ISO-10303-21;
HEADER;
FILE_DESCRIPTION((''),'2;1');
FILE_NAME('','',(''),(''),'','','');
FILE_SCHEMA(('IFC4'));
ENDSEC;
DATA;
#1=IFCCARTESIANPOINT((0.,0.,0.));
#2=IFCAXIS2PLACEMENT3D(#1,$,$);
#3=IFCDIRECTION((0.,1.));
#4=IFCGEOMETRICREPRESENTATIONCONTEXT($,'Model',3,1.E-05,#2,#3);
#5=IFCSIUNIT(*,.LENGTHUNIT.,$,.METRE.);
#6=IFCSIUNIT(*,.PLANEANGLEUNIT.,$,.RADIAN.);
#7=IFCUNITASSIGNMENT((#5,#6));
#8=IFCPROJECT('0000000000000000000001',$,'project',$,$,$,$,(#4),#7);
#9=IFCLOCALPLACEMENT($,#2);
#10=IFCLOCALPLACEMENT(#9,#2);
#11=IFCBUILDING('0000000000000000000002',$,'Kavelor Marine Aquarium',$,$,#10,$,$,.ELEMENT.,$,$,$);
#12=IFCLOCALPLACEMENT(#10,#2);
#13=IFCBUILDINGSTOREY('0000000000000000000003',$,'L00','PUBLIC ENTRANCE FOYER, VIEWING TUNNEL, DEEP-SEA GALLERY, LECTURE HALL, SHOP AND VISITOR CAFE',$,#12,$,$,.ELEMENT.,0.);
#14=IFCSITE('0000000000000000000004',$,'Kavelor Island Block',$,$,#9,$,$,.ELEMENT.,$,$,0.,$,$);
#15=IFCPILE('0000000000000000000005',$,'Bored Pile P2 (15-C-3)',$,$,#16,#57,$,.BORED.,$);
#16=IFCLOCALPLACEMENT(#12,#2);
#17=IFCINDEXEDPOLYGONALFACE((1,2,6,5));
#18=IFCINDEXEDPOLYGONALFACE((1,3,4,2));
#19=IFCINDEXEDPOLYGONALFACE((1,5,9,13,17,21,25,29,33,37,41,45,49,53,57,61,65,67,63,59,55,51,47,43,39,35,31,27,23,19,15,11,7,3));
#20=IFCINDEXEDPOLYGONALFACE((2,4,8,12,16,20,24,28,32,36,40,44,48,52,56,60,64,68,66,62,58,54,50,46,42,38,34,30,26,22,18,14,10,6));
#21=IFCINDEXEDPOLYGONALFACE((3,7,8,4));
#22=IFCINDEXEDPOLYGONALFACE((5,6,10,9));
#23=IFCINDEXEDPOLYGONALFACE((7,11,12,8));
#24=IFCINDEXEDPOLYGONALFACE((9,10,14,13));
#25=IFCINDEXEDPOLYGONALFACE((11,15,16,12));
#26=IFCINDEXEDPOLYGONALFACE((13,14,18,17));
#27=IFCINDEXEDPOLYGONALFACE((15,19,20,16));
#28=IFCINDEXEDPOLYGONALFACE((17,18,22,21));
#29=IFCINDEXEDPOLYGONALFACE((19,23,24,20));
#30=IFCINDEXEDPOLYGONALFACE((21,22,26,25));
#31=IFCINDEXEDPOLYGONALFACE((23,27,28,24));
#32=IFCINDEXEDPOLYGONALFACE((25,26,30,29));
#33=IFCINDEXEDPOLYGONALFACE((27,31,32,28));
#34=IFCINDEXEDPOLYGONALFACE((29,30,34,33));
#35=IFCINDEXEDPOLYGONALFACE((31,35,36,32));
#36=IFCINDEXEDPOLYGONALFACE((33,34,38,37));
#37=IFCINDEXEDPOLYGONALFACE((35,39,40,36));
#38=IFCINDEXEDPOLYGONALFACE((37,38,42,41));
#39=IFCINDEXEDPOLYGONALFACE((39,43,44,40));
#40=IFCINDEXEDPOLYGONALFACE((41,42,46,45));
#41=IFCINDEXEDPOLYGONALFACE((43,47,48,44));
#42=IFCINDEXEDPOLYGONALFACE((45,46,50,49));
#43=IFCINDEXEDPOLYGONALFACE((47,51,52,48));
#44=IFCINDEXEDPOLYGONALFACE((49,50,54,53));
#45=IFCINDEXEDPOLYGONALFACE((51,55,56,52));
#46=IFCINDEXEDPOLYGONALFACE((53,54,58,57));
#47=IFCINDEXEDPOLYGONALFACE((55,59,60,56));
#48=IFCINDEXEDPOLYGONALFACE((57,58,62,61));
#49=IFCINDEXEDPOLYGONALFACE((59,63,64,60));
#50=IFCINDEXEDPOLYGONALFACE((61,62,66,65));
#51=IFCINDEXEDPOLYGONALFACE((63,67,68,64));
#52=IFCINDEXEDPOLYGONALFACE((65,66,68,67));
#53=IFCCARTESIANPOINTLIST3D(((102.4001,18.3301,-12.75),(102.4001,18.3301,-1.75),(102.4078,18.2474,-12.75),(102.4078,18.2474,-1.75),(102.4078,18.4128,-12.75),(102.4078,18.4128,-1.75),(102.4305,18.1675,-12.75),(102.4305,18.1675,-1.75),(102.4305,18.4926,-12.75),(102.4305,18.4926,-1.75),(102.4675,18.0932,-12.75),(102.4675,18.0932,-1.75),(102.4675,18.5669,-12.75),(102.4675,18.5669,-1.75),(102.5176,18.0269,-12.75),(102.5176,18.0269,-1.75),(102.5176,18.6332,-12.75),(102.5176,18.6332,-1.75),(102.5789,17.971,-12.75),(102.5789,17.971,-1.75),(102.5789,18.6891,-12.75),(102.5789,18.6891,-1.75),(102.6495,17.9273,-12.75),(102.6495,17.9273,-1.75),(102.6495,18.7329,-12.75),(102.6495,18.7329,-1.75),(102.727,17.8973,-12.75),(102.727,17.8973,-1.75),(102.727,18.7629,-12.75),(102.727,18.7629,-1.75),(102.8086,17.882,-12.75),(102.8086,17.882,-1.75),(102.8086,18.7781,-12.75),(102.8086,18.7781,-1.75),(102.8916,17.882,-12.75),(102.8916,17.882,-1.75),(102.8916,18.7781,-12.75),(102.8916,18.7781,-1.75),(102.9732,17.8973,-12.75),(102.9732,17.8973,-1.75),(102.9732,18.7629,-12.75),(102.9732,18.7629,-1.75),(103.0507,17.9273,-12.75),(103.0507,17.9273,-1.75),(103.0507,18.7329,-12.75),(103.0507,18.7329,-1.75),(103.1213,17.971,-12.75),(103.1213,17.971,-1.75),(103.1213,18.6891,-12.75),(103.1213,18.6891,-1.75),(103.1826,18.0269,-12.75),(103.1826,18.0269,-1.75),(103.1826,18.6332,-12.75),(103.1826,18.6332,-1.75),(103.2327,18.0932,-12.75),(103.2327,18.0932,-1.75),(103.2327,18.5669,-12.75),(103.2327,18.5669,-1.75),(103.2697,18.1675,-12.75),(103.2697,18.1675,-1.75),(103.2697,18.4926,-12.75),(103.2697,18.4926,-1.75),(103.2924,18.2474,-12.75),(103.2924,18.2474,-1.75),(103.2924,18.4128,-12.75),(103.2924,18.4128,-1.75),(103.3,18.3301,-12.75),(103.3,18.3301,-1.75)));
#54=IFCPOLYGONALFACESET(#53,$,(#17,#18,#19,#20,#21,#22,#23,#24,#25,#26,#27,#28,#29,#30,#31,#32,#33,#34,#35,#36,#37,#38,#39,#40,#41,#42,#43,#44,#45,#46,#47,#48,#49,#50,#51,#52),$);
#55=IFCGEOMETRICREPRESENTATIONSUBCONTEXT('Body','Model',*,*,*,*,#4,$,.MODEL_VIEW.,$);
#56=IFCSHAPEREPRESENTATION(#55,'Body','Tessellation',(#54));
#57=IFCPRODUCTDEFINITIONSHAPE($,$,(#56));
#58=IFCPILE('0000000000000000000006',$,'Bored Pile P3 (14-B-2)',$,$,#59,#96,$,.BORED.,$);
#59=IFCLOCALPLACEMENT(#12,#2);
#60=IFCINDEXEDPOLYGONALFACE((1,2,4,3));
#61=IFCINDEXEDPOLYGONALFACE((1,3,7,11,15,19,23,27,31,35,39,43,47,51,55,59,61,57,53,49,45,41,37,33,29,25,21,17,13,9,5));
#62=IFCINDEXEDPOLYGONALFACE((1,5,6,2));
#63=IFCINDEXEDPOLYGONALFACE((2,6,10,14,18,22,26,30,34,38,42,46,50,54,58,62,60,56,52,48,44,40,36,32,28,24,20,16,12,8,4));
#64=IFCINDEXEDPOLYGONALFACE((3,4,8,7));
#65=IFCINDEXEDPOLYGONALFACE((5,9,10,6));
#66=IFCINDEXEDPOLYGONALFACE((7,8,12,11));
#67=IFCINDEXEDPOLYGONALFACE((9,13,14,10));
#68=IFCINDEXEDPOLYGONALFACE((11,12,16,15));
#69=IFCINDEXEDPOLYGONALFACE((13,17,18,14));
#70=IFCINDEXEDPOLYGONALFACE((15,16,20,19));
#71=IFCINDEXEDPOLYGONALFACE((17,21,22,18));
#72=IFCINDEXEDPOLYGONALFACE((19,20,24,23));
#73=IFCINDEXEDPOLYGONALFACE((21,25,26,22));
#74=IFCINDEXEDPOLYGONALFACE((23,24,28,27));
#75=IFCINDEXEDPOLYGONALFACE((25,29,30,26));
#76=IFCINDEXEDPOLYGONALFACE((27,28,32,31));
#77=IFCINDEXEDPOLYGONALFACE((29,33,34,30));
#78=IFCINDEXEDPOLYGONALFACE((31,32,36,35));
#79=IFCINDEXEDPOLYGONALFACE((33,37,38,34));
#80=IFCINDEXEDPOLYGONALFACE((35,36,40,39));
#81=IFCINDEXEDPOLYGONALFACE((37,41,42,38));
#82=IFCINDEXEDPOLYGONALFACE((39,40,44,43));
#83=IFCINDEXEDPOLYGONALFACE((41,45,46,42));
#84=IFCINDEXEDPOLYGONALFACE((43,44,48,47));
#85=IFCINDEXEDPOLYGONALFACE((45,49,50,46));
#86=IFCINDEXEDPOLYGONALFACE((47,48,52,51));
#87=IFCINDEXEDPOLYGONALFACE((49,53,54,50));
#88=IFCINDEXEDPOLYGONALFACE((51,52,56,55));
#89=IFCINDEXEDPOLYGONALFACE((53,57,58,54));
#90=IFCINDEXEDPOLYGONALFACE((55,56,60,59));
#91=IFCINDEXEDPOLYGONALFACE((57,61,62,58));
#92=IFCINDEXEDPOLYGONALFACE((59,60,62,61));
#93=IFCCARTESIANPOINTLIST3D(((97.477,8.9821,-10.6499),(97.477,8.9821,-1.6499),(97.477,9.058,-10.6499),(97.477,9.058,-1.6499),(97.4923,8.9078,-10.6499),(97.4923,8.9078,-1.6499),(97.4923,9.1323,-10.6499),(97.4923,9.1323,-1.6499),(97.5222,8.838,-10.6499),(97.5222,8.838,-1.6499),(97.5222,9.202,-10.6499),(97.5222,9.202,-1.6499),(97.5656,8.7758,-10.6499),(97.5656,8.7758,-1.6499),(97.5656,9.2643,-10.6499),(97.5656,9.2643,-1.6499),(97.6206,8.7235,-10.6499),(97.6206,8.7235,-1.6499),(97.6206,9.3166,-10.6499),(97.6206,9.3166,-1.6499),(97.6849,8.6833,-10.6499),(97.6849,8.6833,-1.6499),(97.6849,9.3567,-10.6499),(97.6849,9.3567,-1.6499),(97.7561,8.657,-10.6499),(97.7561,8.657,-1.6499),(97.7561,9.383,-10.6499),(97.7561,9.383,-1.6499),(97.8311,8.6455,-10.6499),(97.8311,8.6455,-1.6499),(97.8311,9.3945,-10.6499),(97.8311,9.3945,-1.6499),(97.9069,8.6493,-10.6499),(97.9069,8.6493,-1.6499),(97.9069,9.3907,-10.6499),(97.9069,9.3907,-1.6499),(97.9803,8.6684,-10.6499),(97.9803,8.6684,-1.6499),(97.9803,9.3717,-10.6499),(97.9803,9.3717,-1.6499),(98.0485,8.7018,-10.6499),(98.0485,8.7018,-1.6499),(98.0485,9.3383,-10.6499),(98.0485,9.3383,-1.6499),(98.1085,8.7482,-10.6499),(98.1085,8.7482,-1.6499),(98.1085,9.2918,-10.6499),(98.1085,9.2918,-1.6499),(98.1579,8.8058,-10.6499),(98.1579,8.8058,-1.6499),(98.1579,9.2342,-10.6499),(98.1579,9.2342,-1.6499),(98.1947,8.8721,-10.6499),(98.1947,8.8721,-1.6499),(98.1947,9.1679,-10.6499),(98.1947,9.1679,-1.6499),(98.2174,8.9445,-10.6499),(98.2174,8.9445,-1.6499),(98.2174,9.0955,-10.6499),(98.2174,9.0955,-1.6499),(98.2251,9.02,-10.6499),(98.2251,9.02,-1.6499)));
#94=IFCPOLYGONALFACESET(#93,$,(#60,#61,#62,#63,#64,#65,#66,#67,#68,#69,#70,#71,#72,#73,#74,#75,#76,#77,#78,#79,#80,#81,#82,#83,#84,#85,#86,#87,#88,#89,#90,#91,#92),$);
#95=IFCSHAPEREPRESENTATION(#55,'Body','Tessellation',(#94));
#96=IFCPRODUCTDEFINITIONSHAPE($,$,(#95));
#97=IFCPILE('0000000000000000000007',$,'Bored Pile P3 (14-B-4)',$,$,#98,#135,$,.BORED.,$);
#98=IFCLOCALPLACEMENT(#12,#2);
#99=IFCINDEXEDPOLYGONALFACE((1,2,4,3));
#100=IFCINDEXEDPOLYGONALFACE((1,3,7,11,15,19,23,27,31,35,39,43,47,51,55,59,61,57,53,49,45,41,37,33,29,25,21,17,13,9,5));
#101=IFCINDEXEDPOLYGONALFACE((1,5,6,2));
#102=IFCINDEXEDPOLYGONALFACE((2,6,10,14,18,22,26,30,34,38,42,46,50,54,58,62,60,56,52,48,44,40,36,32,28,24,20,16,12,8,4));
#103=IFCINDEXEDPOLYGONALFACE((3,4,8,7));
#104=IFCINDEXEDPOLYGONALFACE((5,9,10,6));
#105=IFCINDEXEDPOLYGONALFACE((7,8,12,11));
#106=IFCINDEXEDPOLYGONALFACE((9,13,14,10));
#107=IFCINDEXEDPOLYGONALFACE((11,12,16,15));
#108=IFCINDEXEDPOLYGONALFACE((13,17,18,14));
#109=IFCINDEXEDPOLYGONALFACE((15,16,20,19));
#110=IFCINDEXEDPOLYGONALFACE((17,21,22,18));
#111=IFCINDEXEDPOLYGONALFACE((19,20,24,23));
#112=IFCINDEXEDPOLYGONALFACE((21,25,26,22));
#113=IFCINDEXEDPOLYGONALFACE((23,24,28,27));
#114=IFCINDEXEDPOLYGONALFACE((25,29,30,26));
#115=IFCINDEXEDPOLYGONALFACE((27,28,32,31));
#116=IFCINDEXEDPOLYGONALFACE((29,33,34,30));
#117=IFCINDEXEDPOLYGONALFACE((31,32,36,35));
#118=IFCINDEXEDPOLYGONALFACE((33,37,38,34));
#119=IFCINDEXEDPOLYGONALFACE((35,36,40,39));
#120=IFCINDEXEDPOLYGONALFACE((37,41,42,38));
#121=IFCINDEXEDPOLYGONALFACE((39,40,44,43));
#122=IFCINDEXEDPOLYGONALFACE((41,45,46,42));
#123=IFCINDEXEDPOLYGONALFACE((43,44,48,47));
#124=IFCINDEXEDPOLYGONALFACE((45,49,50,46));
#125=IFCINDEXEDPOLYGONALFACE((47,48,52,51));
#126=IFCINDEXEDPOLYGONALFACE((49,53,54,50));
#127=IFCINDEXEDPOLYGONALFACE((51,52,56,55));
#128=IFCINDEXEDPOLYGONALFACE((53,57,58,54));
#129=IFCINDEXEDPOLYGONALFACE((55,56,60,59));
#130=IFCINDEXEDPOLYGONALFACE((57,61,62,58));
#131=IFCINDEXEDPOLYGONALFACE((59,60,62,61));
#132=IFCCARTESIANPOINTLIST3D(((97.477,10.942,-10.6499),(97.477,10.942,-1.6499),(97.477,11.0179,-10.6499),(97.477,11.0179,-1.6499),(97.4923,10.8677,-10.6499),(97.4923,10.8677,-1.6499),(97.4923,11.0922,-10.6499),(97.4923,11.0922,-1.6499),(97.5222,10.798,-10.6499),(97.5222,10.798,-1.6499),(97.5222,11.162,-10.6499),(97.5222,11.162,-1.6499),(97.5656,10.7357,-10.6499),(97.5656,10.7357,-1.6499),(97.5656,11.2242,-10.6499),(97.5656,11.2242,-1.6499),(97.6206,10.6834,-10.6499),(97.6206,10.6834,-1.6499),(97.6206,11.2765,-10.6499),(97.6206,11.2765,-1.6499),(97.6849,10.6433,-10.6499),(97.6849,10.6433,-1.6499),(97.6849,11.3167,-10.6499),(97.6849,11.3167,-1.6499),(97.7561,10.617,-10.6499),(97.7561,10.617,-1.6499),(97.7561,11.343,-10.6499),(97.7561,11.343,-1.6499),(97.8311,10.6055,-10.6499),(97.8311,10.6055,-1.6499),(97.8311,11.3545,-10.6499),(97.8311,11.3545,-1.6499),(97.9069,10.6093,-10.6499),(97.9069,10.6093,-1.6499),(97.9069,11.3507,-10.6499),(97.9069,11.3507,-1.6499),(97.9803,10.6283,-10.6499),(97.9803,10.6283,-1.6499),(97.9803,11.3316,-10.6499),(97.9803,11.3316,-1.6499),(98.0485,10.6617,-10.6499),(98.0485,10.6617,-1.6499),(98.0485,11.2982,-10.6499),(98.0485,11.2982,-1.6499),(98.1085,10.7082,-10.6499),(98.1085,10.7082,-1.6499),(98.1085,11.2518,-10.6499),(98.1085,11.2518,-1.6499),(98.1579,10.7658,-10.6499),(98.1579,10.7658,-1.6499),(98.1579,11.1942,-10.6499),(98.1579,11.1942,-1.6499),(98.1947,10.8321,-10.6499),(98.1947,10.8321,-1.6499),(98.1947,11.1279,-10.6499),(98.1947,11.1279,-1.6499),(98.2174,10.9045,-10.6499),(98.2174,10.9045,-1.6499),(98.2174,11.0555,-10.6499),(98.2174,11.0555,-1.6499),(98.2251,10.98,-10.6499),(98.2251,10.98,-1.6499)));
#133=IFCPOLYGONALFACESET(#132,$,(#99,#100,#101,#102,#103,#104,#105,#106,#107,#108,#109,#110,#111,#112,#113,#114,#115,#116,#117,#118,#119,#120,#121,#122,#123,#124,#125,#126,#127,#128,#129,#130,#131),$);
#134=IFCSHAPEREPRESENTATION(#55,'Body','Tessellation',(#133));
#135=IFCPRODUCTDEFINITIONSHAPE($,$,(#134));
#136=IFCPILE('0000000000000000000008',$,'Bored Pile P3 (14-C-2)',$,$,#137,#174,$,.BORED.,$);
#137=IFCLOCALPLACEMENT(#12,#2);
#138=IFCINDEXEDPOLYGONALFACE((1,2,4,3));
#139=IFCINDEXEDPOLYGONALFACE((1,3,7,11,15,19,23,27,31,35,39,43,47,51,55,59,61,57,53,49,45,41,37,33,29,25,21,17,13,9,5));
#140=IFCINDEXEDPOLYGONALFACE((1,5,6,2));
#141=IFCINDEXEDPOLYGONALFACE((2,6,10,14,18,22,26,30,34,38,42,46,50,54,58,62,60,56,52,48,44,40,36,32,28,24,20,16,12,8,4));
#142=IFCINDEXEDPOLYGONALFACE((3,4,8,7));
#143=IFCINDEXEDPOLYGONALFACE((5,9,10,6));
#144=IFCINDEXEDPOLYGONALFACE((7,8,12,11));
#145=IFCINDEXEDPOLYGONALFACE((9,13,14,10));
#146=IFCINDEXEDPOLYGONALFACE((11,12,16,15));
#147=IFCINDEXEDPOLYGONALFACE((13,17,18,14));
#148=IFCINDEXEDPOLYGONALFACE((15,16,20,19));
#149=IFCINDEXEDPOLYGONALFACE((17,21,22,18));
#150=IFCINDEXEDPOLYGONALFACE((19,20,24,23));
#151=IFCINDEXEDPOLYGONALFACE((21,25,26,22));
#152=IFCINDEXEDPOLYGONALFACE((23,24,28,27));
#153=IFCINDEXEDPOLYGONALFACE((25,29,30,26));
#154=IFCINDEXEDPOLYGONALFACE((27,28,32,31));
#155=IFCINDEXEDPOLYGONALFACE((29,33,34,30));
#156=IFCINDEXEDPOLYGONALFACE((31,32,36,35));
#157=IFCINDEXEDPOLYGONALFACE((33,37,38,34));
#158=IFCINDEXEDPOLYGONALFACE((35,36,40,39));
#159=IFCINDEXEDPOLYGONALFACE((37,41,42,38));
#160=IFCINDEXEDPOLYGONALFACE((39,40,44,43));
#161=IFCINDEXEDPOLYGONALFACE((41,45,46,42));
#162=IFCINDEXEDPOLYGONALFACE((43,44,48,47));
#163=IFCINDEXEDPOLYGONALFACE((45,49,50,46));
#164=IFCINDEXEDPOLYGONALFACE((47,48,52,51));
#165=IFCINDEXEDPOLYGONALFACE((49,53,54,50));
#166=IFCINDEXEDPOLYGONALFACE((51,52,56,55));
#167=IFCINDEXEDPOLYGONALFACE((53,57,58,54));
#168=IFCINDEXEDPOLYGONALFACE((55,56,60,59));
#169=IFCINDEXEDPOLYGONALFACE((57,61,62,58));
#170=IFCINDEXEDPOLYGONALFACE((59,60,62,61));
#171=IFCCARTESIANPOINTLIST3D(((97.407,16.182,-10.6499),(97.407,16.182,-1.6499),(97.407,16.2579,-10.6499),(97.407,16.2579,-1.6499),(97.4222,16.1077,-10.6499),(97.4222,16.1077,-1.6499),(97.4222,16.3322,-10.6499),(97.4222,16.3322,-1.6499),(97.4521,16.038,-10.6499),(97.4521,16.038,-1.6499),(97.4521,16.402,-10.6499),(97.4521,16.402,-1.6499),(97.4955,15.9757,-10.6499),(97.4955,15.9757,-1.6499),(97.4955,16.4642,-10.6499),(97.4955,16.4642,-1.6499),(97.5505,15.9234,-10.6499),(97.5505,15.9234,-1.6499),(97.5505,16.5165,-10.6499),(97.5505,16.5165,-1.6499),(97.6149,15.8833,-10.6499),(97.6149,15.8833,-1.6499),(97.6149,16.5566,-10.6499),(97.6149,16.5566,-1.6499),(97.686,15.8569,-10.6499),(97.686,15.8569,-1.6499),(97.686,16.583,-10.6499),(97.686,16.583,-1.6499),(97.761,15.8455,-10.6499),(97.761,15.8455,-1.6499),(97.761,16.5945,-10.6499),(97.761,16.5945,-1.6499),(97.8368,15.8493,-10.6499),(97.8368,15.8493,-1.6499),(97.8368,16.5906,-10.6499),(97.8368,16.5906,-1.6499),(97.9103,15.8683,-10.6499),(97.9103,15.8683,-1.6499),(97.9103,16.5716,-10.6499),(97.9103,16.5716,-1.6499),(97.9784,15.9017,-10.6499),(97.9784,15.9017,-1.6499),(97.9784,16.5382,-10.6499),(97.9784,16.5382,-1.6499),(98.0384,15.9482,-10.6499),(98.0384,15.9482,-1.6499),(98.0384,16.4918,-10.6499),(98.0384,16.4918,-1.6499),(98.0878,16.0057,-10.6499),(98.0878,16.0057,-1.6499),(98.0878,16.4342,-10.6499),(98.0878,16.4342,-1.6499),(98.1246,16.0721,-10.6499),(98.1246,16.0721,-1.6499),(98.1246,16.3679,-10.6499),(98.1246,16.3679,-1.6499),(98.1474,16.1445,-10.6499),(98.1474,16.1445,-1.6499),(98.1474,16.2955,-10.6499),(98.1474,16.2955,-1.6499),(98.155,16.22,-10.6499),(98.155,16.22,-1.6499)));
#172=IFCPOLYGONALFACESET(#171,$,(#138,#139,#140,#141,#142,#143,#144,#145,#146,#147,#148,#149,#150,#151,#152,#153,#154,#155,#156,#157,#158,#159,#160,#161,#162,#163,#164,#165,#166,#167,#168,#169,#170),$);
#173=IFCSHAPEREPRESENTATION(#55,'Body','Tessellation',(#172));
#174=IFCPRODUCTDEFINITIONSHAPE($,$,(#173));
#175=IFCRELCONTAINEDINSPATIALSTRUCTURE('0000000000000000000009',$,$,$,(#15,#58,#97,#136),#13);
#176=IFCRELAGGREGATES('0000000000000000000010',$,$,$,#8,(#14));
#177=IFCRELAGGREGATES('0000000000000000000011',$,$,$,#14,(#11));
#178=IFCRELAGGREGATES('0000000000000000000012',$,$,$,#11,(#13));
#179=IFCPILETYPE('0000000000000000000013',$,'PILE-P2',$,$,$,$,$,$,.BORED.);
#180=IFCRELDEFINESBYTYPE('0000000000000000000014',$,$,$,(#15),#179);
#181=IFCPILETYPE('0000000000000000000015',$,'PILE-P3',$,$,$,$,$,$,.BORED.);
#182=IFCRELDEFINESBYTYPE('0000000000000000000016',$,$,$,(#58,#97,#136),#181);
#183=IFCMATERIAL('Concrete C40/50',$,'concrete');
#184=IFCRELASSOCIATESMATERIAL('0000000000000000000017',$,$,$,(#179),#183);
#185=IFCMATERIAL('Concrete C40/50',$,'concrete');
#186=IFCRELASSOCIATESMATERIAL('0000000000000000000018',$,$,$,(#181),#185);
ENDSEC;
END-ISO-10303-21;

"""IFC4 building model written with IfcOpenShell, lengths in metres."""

from ifc_helpers import new_model, si_unit, direction, frame, origin, origin_2d, place, context, subcontext, project, spatial, circle, extrude, material, material_profile, profile_set, type_object, element, save


model = new_model("IFC4")

# Units and contexts
model_context = context("Model", 3, precision=1e-05, world=origin(), true_north=direction((0.0, 1.0)))
body_context = subcontext(model_context, "Body", "Model", "MODEL_VIEW")
ifc_project = project(units=[si_unit("LENGTHUNIT", "METRE"), si_unit("PLANEANGLEUNIT", "RADIAN")], contexts=[model_context])

# Site, building, storey
site_placement = place(None, origin())
site = spatial("IfcSite", under=ifc_project, at=site_placement, Name="Kavelor Island Block", CompositionType="ELEMENT", RefElevation=0.0)
building_placement = place(site_placement, origin())
building = spatial("IfcBuilding", under=site, at=building_placement, Name="Kavelor Marine Aquarium", CompositionType="ELEMENT")
storey_placement = place(building_placement, origin())
storey = spatial("IfcBuildingStorey", under=building, at=storey_placement, Name="L00", Description="PUBLIC ENTRANCE FOYER, VIEWING TUNNEL, DEEP-SEA GALLERY, LECTURE HALL, SHOP AND VISITOR CAFE", CompositionType="ELEMENT", Elevation=0.0)

# Piles
ifc_material_1 = material(Name="Concrete C40/50", Category="concrete")
ifc_material_profile_1 = material_profile(ifc_material_1, circle(Radius=0.45, at=origin_2d()), Name="PILE D900")
ifc_profile_set_1 = profile_set([ifc_material_profile_1], Name="Concrete C40/50")
pile_type_1 = type_object("IfcPileType", Name="PILE-P2", PredefinedType="BORED", material=ifc_profile_set_1)
for number, where, z_axis, x_axis, name in (
    (1, (102.8501, 18.3301, -1.75), (0.0, 0.0, -1.0), (1.0, 0.0, 0.0), "Bored Pile P2 (15-C-3)"),
):
    element("IfcPile", number, at=place(storey_placement, frame(where, z_axis=z_axis, x_axis=x_axis)), inside=storey, type_object=pile_type_1, Name=name, PredefinedType="BORED", context=body_context, shape_type="SweptSolid", body=[
        extrude(circle(Radius=0.45, at=origin_2d()), origin(), (0.0, 0.0, 1.0), 11.0),
    ])
ifc_material_2 = material(Name="Concrete C40/50", Category="concrete")
ifc_material_profile_2 = material_profile(ifc_material_2, circle(Radius=0.375, at=origin_2d()), Name="PILE D750")
ifc_profile_set_2 = profile_set([ifc_material_profile_2], Name="Concrete C40/50")
pile_type_2 = type_object("IfcPileType", Name="PILE-P3", PredefinedType="BORED", material=ifc_profile_set_2)
for number, where, z_axis, x_axis, name in (
    (2, (97.8501, 9.02, -1.6499), (0.0, 0.0, -1.0), (1.0, 0.0, 0.0), "Bored Pile P3 (14-B-2)"),
    (3, (97.8501, 10.98, -1.6499), (0.0, 0.0, -1.0), (1.0, 0.0, 0.0), "Bored Pile P3 (14-B-4)"),
    (4, (97.78, 16.22, -1.6499), (0.0, 0.0, -1.0), (1.0, 0.0, 0.0), "Bored Pile P3 (14-C-2)"),
):
    element("IfcPile", number, at=place(storey_placement, frame(where, z_axis=z_axis, x_axis=x_axis)), inside=storey, type_object=pile_type_2, Name=name, PredefinedType="BORED", context=body_context, shape_type="SweptSolid", body=[
        extrude(circle(Radius=0.375, at=origin_2d()), origin(), (0.0, 0.0, 1.0), 9.0),
    ])

save(model, "model.ifc")
